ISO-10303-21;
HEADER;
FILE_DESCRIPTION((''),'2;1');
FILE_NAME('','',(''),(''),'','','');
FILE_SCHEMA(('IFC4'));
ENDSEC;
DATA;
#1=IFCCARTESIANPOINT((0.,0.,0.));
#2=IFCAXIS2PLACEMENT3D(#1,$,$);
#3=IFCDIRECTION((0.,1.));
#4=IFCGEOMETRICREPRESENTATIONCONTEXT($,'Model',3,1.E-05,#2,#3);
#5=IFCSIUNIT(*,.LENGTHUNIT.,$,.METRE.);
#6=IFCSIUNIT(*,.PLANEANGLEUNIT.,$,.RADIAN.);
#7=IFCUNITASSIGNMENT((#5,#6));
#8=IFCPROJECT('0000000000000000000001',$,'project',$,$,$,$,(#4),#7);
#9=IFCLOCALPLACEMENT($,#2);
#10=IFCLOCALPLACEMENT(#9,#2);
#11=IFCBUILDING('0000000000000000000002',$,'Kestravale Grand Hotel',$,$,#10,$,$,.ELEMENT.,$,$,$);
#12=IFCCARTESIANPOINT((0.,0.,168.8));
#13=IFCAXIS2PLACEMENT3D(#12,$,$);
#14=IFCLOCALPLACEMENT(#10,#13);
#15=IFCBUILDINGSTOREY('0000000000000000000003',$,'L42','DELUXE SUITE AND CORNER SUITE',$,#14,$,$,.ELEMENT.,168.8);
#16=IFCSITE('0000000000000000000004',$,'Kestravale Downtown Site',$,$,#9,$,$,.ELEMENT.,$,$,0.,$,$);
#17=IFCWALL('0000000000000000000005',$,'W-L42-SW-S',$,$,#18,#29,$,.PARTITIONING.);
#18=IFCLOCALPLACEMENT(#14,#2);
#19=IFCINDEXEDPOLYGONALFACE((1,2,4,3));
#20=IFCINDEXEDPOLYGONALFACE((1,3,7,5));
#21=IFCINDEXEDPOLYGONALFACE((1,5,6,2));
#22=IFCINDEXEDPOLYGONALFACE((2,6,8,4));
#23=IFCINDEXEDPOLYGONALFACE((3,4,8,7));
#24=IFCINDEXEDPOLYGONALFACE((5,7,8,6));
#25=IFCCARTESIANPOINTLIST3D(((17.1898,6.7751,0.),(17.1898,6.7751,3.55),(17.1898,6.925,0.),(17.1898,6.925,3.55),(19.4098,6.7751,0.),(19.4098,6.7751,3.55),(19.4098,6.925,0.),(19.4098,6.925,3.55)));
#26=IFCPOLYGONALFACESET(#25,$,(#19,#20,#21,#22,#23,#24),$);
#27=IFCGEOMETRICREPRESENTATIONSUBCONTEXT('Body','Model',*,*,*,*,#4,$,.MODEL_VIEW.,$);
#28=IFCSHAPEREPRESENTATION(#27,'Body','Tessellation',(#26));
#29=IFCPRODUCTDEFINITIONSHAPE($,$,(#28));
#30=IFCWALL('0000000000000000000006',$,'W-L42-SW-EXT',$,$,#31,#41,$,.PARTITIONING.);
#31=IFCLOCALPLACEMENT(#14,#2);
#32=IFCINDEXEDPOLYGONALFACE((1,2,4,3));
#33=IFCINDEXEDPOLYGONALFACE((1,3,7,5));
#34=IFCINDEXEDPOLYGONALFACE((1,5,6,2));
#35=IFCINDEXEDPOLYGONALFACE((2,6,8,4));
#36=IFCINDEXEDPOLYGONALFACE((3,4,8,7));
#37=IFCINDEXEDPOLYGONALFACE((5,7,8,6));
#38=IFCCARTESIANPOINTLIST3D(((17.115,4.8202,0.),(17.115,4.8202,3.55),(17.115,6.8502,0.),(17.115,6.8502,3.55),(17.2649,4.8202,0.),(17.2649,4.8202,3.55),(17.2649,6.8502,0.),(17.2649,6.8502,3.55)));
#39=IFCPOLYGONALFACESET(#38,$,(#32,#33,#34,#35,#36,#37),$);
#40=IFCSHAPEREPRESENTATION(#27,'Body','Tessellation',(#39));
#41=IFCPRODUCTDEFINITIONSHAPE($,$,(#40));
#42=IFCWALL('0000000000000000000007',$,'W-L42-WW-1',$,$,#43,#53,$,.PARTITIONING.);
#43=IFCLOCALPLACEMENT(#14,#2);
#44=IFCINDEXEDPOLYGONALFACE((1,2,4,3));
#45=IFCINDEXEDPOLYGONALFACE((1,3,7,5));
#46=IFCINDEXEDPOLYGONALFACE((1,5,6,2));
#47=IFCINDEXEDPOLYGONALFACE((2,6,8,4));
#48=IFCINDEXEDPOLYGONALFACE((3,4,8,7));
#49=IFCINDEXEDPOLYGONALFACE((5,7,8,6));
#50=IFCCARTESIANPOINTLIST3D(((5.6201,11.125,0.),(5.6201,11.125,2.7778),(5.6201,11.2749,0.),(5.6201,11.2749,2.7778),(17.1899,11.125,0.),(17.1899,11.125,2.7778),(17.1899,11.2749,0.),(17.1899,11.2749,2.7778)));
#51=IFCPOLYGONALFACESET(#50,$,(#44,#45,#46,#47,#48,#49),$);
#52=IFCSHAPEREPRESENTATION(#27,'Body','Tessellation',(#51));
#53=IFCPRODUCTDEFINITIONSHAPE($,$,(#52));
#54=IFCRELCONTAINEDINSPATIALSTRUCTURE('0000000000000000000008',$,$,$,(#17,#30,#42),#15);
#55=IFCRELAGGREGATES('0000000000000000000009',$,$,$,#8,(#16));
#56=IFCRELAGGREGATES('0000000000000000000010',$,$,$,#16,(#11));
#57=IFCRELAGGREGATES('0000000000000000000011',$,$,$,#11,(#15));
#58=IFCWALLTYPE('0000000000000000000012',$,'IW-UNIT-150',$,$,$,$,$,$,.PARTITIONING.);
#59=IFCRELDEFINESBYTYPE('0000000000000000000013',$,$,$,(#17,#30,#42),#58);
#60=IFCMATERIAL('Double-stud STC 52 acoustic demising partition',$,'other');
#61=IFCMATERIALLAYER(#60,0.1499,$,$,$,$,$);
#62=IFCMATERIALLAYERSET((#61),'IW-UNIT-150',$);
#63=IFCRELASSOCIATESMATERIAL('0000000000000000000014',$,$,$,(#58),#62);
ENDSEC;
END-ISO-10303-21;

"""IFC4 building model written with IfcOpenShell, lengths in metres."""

from ifc_helpers import new_model, si_unit, direction, frame, frame_2d, origin, place, context, subcontext, project, spatial, rectangle, extrude, material, layer, layer_set, type_object, element, save


model = new_model("IFC4")

# Units and contexts
model_context = context("Model", 3, precision=1e-05, world=origin(), true_north=direction((0.0, 1.0)))
body_context = subcontext(model_context, "Body", "Model", "MODEL_VIEW")
ifc_project = project(units=[si_unit("LENGTHUNIT", "METRE"), si_unit("PLANEANGLEUNIT", "RADIAN")], contexts=[model_context])

# Site, building, storey
site_placement = place(None, origin())
site = spatial("IfcSite", under=ifc_project, at=site_placement, Name="Kestravale Downtown Site", CompositionType="ELEMENT", RefElevation=0.0)
building_placement = place(site_placement, origin())
building = spatial("IfcBuilding", under=site, at=building_placement, Name="Kestravale Grand Hotel", CompositionType="ELEMENT")
storey_placement = place(building_placement, frame((0.0, 0.0, 168.8)))
storey = spatial("IfcBuildingStorey", under=building, at=storey_placement, Name="L42", Description="DELUXE SUITE AND CORNER SUITE", CompositionType="ELEMENT", Elevation=168.8)

# Walls
ifc_material_1 = material(Name="Double-stud STC 52 acoustic demising partition", Category="other")
ifc_layer_1 = layer(ifc_material_1, 0.1499)
ifc_layer_set_1 = layer_set([ifc_layer_1], Name="IW-UNIT-150")
wall_type_1 = type_object("IfcWallType", Name="IW-UNIT-150", PredefinedType="PARTITIONING", material=ifc_layer_set_1)
wall_1_placement = place(storey_placement, frame((17.1899, 6.8501, 0.0), z_axis=(0.0, 0.0, 1.0), x_axis=(1.0, 0.0, 0.0)))
element("IfcWall", 1, at=wall_1_placement, inside=storey, type_object=wall_type_1, Name="W-L42-SW-S", PredefinedType="PARTITIONING", context=body_context, shape_type="SweptSolid", body=[
    extrude(rectangle(XDim=2.22, YDim=0.1499, at=frame_2d((1.1099, 0.0))), origin(), (0.0, 0.0, 1.0), 3.55),
])
wall_2_placement = place(storey_placement, frame((17.1899, 4.8201, 0.0), z_axis=(0.0, 0.0, 1.0), x_axis=(0.0, 1.0, 0.0)))
element("IfcWall", 2, at=wall_2_placement, inside=storey, type_object=wall_type_1, Name="W-L42-SW-EXT", PredefinedType="PARTITIONING", context=body_context, shape_type="SweptSolid", body=[
    extrude(rectangle(XDim=2.03, YDim=0.1499, at=frame_2d((1.0151, 0.0))), origin(), (0.0, 0.0, 1.0), 3.55),
])
wall_3_placement = place(storey_placement, frame((5.6201, 11.2, 0.0), z_axis=(0.0, 0.0, 1.0), x_axis=(1.0, 0.0, 0.0)))
element("IfcWall", 3, at=wall_3_placement, inside=storey, type_object=wall_type_1, Name="W-L42-WW-1", PredefinedType="PARTITIONING", context=body_context, shape_type="SweptSolid", body=[
    extrude(rectangle(XDim=11.5698, YDim=0.1499, at=frame_2d((5.7849, 0.0))), origin(), (0.0, 0.0, 1.0), 2.7778),
])

save(model, "model.ifc")
